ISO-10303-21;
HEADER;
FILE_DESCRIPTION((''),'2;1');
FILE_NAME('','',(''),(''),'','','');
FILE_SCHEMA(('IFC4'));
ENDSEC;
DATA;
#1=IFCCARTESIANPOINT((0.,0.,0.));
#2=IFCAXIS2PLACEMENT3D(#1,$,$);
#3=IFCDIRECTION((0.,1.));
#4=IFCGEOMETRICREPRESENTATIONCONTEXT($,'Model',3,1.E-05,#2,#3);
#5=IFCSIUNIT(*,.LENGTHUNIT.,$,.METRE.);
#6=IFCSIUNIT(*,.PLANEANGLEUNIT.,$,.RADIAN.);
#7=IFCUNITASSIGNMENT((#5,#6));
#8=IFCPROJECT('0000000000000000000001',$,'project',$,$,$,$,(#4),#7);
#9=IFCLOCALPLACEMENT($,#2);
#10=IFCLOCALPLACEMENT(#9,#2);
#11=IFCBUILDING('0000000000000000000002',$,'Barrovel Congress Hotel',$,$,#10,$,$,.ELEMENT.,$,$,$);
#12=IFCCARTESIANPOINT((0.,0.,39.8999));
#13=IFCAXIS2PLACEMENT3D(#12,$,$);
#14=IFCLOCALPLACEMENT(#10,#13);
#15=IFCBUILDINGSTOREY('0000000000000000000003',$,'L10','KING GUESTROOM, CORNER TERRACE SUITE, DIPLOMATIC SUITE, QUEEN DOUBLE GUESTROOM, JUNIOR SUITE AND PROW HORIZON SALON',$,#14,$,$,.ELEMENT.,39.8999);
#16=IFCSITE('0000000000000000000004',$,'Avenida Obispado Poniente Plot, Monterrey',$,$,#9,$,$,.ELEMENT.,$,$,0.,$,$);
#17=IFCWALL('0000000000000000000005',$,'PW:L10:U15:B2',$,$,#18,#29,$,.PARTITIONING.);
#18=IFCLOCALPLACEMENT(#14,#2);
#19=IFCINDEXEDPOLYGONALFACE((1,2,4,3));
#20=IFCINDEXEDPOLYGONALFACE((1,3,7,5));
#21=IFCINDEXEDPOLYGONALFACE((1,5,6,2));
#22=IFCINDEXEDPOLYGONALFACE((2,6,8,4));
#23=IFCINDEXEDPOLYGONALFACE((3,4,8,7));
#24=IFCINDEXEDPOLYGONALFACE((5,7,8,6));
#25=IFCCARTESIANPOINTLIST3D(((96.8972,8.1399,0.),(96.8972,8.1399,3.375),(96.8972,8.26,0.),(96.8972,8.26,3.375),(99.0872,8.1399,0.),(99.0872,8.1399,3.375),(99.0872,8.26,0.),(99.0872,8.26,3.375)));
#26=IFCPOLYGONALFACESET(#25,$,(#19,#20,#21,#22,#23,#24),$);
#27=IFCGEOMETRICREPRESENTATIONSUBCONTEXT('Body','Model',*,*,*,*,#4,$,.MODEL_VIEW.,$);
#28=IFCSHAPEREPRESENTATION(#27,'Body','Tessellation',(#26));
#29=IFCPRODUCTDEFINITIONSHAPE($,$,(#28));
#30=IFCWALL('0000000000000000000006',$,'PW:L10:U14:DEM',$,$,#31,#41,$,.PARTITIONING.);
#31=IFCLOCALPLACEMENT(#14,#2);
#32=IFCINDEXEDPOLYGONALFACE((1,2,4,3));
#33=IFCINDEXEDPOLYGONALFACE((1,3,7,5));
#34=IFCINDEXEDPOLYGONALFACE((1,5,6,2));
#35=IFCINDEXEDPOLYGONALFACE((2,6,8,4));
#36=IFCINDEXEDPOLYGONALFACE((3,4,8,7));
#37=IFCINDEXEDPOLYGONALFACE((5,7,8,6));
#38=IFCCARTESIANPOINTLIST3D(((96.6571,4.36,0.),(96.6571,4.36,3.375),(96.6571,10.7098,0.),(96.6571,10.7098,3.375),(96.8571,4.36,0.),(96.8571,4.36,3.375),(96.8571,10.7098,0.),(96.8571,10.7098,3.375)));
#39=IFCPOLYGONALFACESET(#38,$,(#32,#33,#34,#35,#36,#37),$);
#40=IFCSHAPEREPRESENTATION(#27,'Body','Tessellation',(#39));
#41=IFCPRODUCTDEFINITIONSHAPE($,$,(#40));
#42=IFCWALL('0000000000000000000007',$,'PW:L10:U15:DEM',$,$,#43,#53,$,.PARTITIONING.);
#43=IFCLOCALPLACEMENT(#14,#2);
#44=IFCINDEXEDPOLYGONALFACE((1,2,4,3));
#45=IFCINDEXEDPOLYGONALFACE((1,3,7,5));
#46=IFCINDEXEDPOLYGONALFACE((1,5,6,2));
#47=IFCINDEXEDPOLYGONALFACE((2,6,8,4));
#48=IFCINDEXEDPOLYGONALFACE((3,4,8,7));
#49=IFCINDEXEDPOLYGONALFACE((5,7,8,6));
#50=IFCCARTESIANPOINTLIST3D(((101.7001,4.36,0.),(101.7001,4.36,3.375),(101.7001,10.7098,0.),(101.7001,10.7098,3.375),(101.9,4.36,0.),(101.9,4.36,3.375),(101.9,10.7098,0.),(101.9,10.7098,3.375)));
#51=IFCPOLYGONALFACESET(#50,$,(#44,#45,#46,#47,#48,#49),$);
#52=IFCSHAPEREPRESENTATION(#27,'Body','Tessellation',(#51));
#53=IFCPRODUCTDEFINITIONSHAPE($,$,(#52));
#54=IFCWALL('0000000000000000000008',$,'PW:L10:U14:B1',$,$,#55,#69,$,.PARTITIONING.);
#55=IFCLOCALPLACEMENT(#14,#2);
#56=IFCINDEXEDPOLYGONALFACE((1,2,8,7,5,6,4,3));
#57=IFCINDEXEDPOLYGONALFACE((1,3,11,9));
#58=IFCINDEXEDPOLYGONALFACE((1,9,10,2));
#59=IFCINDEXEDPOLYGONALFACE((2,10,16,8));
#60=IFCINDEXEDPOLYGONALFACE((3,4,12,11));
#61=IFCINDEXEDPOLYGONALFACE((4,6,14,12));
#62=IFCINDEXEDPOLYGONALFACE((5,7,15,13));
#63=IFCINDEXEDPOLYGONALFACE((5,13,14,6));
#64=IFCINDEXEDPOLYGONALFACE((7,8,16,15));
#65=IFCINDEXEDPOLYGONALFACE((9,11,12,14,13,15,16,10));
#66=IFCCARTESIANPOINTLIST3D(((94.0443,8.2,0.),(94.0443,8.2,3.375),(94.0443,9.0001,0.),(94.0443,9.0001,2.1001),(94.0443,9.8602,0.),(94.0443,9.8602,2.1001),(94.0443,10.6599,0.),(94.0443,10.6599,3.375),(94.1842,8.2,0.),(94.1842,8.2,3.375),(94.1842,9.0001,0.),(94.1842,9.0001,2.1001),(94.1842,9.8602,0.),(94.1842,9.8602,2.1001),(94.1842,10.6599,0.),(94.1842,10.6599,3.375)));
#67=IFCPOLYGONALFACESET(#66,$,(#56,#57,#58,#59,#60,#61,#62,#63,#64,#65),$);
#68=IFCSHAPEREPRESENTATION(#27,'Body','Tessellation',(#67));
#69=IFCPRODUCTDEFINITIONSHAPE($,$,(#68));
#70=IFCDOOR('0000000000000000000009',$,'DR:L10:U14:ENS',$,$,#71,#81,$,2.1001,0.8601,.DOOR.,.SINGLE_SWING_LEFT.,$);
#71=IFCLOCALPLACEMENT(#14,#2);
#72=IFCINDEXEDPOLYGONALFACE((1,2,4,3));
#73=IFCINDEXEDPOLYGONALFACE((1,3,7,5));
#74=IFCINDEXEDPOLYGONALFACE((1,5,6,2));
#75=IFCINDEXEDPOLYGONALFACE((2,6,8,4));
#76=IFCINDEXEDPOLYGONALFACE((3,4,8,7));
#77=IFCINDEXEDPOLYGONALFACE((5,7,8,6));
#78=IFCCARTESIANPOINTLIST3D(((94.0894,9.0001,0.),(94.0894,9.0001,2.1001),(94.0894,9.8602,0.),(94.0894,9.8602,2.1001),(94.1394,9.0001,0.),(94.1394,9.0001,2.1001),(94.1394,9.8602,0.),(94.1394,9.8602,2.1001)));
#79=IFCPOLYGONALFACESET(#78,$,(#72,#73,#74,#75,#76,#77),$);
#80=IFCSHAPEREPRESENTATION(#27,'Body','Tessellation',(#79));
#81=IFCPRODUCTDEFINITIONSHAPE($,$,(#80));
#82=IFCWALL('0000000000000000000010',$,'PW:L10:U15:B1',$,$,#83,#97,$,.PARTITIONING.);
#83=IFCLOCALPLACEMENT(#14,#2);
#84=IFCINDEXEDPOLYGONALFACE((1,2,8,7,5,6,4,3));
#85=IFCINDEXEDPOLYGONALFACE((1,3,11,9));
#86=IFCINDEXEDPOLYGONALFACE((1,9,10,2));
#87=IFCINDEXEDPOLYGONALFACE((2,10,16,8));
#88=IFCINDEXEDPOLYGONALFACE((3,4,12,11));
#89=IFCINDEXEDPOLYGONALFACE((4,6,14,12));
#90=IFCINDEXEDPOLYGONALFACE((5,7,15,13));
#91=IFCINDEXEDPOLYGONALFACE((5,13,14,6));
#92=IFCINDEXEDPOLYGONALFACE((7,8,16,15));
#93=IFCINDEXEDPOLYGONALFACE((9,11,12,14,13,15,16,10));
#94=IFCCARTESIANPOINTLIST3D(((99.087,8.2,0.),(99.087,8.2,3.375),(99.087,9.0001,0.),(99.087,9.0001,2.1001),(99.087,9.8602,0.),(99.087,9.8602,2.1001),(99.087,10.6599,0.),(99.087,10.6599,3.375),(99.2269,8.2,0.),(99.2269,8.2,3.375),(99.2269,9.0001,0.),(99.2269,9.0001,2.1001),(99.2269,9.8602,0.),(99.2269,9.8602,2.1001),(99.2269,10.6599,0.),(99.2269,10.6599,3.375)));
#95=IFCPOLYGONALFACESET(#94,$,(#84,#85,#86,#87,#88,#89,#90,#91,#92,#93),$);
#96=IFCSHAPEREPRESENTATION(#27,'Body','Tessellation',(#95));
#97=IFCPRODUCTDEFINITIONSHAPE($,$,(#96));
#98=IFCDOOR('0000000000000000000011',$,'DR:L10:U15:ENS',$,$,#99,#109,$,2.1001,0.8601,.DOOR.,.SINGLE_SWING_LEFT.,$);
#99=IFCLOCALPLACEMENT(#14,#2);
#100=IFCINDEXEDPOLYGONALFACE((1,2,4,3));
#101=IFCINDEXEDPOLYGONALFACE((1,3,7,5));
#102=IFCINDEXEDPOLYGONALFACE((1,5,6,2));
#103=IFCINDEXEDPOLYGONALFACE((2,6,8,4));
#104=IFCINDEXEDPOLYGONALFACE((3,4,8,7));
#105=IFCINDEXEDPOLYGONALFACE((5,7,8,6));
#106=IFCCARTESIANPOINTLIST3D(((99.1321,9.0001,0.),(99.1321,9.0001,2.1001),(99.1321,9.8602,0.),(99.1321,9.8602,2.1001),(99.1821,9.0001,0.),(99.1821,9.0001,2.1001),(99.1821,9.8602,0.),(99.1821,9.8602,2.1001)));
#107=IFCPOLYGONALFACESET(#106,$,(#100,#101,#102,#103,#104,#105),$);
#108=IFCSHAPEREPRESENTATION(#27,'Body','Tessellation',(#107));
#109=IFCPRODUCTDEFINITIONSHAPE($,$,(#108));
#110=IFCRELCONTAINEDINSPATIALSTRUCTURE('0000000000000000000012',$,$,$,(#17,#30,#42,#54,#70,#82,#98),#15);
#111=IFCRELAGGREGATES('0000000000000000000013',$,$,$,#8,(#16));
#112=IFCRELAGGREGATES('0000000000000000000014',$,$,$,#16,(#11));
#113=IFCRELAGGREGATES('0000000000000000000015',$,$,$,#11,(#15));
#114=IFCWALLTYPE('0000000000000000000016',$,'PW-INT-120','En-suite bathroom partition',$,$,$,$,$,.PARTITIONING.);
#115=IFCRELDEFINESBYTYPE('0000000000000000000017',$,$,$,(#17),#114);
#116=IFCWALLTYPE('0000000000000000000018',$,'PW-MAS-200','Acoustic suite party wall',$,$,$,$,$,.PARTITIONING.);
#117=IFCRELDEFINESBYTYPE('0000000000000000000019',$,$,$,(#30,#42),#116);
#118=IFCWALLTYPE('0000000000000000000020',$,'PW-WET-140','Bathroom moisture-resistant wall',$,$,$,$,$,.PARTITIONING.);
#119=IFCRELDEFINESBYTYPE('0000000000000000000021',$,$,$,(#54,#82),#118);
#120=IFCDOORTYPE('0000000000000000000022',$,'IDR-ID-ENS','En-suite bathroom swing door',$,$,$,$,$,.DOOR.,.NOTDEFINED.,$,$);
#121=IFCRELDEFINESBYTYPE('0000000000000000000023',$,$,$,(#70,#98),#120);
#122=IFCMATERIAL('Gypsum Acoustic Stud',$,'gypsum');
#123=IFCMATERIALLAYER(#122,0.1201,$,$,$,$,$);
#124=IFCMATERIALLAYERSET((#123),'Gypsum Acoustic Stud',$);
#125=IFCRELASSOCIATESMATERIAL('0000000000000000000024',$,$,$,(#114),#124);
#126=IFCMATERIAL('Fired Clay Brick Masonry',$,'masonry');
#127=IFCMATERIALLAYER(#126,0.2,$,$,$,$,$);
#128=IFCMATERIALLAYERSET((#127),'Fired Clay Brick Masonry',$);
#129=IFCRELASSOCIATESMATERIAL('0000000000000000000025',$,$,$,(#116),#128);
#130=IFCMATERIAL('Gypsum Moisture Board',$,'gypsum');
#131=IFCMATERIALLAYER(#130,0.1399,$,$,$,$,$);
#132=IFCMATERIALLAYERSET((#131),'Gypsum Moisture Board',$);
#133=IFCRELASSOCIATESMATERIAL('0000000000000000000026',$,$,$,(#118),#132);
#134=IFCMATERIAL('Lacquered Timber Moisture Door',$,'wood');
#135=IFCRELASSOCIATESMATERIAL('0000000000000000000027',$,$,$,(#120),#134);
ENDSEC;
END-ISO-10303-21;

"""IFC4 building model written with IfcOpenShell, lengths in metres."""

from ifc_helpers import new_model, si_unit, direction, frame, frame_2d, origin, place, context, subcontext, project, spatial, rectangle, extrude, material, layer, layer_set, type_object, element, fill, save


model = new_model("IFC4")

# Units and contexts
model_context = context("Model", 3, precision=1e-05, world=origin(), true_north=direction((0.0, 1.0)))
body_context = subcontext(model_context, "Body", "Model", "MODEL_VIEW")
ifc_project = project(units=[si_unit("LENGTHUNIT", "METRE"), si_unit("PLANEANGLEUNIT", "RADIAN")], contexts=[model_context])

# Site, building, storey
site_placement = place(None, origin())
site = spatial("IfcSite", under=ifc_project, at=site_placement, Name="Avenida Obispado Poniente Plot, Monterrey", CompositionType="ELEMENT", RefElevation=0.0)
building_placement = place(site_placement, origin())
building = spatial("IfcBuilding", under=site, at=building_placement, Name="Barrovel Congress Hotel", CompositionType="ELEMENT")
storey_placement = place(building_placement, frame((0.0, 0.0, 39.8999)))
storey = spatial("IfcBuildingStorey", under=building, at=storey_placement, Name="L10", Description="KING GUESTROOM, CORNER TERRACE SUITE, DIPLOMATIC SUITE, QUEEN DOUBLE GUESTROOM, JUNIOR SUITE AND PROW HORIZON SALON", CompositionType="ELEMENT", Elevation=39.8999)

# Shared definitions
ifc_material_1 = material(Name="Fired Clay Brick Masonry", Category="masonry")

# Shared definitions
ifc_material_2 = material(Name="Gypsum Acoustic Stud", Category="gypsum")

# Walls
ifc_layer_1 = layer(ifc_material_2, 0.1201)
ifc_layer_set_1 = layer_set([ifc_layer_1], Name="Gypsum Acoustic Stud")
wall_type_1 = type_object("IfcWallType", Name="PW-INT-120", Description="En-suite bathroom partition", PredefinedType="PARTITIONING", material=ifc_layer_set_1)
wall_1_placement = place(storey_placement, frame((96.8972, 8.2, 0.0), z_axis=(0.0, 0.0, 1.0), x_axis=(1.0, 0.0, 0.0)))
element("IfcWall", 1, at=wall_1_placement, inside=storey, type_object=wall_type_1, Name="PW:L10:U15:B2", PredefinedType="PARTITIONING", context=body_context, shape_type="SweptSolid", body=[
    extrude(rectangle(XDim=2.1899, YDim=0.1201, at=frame_2d((1.095, 0.0))), origin(), (0.0, 0.0, 1.0), 3.375),
])
ifc_layer_2 = layer(ifc_material_1, 0.2)
ifc_layer_set_2 = layer_set([ifc_layer_2], Name="Fired Clay Brick Masonry")
wall_type_2 = type_object("IfcWallType", Name="PW-MAS-200", Description="Acoustic suite party wall", PredefinedType="PARTITIONING", material=ifc_layer_set_2)
for number, where, z_axis, x_axis, name in (
    (2, (96.7571, 4.3601, 0.0), (0.0, 0.0, 1.0), (0.0, 1.0, 0.0), "PW:L10:U14:DEM"),
    (3, (101.8, 4.3601, 0.0), (0.0, 0.0, 1.0), (0.0, 1.0, 0.0), "PW:L10:U15:DEM"),
):
    element("IfcWall", number, at=place(storey_placement, frame(where, z_axis=z_axis, x_axis=x_axis)), inside=storey, type_object=wall_type_2, Name=name, PredefinedType="PARTITIONING", context=body_context, shape_type="SweptSolid", body=[
        extrude(rectangle(XDim=6.3499, YDim=0.2, at=frame_2d((3.1748, 0.0))), origin(), (0.0, 0.0, 1.0), 3.375),
    ])

# Walls, openings, doors
ifc_material_3 = material(Name="Gypsum Moisture Board", Category="gypsum")
ifc_layer_3 = layer(ifc_material_3, 0.1399)
ifc_layer_set_3 = layer_set([ifc_layer_3], Name="Gypsum Moisture Board")
wall_type_3 = type_object("IfcWallType", Name="PW-WET-140", Description="Bathroom moisture-resistant wall", PredefinedType="PARTITIONING", material=ifc_layer_set_3)
wall_2_placement = place(storey_placement, frame((94.1143, 8.2, 0.0), z_axis=(0.0, 0.0, 1.0), x_axis=(0.0, 1.0, 0.0)))
wall_2 = element("IfcWall", 4, at=wall_2_placement, inside=storey, type_object=wall_type_3, Name="PW:L10:U14:B1", PredefinedType="PARTITIONING", context=body_context, shape_type="SweptSolid", body=[
    extrude(rectangle(XDim=2.46, YDim=0.1399, at=frame_2d((1.23, 0.0))), origin(), (0.0, 0.0, 1.0), 3.375),
])
opening_1_placement = place(wall_2_placement, frame((0.8, 0.0, 0.0)))
opening_1 = element("IfcOpeningElement", 5, at=opening_1_placement, cuts=wall_2, PredefinedType="OPENING", context=body_context, shape_type="SweptSolid", body=[
    extrude(rectangle(XDim=0.8601, YDim=2.1001, at=frame_2d((0.4302, 1.05))), frame((0.0, 0.0801, 0.0), z_axis=(0.0, -1.0, 0.0), x_axis=(1.0, 0.0, 0.0)), (0.0, 0.0, 1.0), 0.1599),
])
ifc_material_4 = material(Name="Lacquered Timber Moisture Door", Category="wood")
door_type_1 = type_object("IfcDoorType", Name="IDR-ID-ENS", Description="En-suite bathroom swing door", OperationType="NOTDEFINED", PredefinedType="DOOR", material=ifc_material_4)
door_1_placement = place(opening_1_placement, origin())
door_1 = element("IfcDoor", 6, at=door_1_placement, inside=storey, type_object=door_type_1, Name="DR:L10:U14:ENS", OperationType="SINGLE_SWING_LEFT", OverallHeight=2.1001, OverallWidth=0.8601, PredefinedType="DOOR", context=body_context, shape_type="SweptSolid", body=[
    extrude(rectangle(XDim=0.8601, YDim=2.1001, at=frame_2d((0.4302, 1.05))), frame((0.0, 0.0249, 0.0), z_axis=(0.0, -1.0, 0.0), x_axis=(1.0, 0.0, 0.0)), (0.0, 0.0, 1.0), 0.05),
])
fill(opening_1, door_1)
wall_3_placement = place(storey_placement, frame((99.157, 8.2, 0.0), z_axis=(0.0, 0.0, 1.0), x_axis=(0.0, 1.0, 0.0)))
wall_3 = element("IfcWall", 7, at=wall_3_placement, inside=storey, type_object=wall_type_3, Name="PW:L10:U15:B1", PredefinedType="PARTITIONING", context=body_context, shape_type="SweptSolid", body=[
    extrude(rectangle(XDim=2.46, YDim=0.1399, at=frame_2d((1.23, 0.0))), origin(), (0.0, 0.0, 1.0), 3.375),
])
opening_2_placement = place(wall_3_placement, frame((0.8, 0.0, 0.0)))
opening_2 = element("IfcOpeningElement", 8, at=opening_2_placement, cuts=wall_3, PredefinedType="OPENING", context=body_context, shape_type="SweptSolid", body=[
    extrude(rectangle(XDim=0.8601, YDim=2.1001, at=frame_2d((0.4302, 1.05))), frame((0.0, 0.0801, 0.0), z_axis=(0.0, -1.0, 0.0), x_axis=(1.0, 0.0, 0.0)), (0.0, 0.0, 1.0), 0.1599),
])
door_2_placement = place(opening_2_placement, origin())
door_2 = element("IfcDoor", 9, at=door_2_placement, inside=storey, type_object=door_type_1, Name="DR:L10:U15:ENS", OperationType="SINGLE_SWING_LEFT", OverallHeight=2.1001, OverallWidth=0.8601, PredefinedType="DOOR", context=body_context, shape_type="SweptSolid", body=[
    extrude(rectangle(XDim=0.8601, YDim=2.1001, at=frame_2d((0.4302, 1.05))), frame((0.0, 0.0249, 0.0), z_axis=(0.0, -1.0, 0.0), x_axis=(1.0, 0.0, 0.0)), (0.0, 0.0, 1.0), 0.05),
])
fill(opening_2, door_2)

save(model, "model.ifc")
